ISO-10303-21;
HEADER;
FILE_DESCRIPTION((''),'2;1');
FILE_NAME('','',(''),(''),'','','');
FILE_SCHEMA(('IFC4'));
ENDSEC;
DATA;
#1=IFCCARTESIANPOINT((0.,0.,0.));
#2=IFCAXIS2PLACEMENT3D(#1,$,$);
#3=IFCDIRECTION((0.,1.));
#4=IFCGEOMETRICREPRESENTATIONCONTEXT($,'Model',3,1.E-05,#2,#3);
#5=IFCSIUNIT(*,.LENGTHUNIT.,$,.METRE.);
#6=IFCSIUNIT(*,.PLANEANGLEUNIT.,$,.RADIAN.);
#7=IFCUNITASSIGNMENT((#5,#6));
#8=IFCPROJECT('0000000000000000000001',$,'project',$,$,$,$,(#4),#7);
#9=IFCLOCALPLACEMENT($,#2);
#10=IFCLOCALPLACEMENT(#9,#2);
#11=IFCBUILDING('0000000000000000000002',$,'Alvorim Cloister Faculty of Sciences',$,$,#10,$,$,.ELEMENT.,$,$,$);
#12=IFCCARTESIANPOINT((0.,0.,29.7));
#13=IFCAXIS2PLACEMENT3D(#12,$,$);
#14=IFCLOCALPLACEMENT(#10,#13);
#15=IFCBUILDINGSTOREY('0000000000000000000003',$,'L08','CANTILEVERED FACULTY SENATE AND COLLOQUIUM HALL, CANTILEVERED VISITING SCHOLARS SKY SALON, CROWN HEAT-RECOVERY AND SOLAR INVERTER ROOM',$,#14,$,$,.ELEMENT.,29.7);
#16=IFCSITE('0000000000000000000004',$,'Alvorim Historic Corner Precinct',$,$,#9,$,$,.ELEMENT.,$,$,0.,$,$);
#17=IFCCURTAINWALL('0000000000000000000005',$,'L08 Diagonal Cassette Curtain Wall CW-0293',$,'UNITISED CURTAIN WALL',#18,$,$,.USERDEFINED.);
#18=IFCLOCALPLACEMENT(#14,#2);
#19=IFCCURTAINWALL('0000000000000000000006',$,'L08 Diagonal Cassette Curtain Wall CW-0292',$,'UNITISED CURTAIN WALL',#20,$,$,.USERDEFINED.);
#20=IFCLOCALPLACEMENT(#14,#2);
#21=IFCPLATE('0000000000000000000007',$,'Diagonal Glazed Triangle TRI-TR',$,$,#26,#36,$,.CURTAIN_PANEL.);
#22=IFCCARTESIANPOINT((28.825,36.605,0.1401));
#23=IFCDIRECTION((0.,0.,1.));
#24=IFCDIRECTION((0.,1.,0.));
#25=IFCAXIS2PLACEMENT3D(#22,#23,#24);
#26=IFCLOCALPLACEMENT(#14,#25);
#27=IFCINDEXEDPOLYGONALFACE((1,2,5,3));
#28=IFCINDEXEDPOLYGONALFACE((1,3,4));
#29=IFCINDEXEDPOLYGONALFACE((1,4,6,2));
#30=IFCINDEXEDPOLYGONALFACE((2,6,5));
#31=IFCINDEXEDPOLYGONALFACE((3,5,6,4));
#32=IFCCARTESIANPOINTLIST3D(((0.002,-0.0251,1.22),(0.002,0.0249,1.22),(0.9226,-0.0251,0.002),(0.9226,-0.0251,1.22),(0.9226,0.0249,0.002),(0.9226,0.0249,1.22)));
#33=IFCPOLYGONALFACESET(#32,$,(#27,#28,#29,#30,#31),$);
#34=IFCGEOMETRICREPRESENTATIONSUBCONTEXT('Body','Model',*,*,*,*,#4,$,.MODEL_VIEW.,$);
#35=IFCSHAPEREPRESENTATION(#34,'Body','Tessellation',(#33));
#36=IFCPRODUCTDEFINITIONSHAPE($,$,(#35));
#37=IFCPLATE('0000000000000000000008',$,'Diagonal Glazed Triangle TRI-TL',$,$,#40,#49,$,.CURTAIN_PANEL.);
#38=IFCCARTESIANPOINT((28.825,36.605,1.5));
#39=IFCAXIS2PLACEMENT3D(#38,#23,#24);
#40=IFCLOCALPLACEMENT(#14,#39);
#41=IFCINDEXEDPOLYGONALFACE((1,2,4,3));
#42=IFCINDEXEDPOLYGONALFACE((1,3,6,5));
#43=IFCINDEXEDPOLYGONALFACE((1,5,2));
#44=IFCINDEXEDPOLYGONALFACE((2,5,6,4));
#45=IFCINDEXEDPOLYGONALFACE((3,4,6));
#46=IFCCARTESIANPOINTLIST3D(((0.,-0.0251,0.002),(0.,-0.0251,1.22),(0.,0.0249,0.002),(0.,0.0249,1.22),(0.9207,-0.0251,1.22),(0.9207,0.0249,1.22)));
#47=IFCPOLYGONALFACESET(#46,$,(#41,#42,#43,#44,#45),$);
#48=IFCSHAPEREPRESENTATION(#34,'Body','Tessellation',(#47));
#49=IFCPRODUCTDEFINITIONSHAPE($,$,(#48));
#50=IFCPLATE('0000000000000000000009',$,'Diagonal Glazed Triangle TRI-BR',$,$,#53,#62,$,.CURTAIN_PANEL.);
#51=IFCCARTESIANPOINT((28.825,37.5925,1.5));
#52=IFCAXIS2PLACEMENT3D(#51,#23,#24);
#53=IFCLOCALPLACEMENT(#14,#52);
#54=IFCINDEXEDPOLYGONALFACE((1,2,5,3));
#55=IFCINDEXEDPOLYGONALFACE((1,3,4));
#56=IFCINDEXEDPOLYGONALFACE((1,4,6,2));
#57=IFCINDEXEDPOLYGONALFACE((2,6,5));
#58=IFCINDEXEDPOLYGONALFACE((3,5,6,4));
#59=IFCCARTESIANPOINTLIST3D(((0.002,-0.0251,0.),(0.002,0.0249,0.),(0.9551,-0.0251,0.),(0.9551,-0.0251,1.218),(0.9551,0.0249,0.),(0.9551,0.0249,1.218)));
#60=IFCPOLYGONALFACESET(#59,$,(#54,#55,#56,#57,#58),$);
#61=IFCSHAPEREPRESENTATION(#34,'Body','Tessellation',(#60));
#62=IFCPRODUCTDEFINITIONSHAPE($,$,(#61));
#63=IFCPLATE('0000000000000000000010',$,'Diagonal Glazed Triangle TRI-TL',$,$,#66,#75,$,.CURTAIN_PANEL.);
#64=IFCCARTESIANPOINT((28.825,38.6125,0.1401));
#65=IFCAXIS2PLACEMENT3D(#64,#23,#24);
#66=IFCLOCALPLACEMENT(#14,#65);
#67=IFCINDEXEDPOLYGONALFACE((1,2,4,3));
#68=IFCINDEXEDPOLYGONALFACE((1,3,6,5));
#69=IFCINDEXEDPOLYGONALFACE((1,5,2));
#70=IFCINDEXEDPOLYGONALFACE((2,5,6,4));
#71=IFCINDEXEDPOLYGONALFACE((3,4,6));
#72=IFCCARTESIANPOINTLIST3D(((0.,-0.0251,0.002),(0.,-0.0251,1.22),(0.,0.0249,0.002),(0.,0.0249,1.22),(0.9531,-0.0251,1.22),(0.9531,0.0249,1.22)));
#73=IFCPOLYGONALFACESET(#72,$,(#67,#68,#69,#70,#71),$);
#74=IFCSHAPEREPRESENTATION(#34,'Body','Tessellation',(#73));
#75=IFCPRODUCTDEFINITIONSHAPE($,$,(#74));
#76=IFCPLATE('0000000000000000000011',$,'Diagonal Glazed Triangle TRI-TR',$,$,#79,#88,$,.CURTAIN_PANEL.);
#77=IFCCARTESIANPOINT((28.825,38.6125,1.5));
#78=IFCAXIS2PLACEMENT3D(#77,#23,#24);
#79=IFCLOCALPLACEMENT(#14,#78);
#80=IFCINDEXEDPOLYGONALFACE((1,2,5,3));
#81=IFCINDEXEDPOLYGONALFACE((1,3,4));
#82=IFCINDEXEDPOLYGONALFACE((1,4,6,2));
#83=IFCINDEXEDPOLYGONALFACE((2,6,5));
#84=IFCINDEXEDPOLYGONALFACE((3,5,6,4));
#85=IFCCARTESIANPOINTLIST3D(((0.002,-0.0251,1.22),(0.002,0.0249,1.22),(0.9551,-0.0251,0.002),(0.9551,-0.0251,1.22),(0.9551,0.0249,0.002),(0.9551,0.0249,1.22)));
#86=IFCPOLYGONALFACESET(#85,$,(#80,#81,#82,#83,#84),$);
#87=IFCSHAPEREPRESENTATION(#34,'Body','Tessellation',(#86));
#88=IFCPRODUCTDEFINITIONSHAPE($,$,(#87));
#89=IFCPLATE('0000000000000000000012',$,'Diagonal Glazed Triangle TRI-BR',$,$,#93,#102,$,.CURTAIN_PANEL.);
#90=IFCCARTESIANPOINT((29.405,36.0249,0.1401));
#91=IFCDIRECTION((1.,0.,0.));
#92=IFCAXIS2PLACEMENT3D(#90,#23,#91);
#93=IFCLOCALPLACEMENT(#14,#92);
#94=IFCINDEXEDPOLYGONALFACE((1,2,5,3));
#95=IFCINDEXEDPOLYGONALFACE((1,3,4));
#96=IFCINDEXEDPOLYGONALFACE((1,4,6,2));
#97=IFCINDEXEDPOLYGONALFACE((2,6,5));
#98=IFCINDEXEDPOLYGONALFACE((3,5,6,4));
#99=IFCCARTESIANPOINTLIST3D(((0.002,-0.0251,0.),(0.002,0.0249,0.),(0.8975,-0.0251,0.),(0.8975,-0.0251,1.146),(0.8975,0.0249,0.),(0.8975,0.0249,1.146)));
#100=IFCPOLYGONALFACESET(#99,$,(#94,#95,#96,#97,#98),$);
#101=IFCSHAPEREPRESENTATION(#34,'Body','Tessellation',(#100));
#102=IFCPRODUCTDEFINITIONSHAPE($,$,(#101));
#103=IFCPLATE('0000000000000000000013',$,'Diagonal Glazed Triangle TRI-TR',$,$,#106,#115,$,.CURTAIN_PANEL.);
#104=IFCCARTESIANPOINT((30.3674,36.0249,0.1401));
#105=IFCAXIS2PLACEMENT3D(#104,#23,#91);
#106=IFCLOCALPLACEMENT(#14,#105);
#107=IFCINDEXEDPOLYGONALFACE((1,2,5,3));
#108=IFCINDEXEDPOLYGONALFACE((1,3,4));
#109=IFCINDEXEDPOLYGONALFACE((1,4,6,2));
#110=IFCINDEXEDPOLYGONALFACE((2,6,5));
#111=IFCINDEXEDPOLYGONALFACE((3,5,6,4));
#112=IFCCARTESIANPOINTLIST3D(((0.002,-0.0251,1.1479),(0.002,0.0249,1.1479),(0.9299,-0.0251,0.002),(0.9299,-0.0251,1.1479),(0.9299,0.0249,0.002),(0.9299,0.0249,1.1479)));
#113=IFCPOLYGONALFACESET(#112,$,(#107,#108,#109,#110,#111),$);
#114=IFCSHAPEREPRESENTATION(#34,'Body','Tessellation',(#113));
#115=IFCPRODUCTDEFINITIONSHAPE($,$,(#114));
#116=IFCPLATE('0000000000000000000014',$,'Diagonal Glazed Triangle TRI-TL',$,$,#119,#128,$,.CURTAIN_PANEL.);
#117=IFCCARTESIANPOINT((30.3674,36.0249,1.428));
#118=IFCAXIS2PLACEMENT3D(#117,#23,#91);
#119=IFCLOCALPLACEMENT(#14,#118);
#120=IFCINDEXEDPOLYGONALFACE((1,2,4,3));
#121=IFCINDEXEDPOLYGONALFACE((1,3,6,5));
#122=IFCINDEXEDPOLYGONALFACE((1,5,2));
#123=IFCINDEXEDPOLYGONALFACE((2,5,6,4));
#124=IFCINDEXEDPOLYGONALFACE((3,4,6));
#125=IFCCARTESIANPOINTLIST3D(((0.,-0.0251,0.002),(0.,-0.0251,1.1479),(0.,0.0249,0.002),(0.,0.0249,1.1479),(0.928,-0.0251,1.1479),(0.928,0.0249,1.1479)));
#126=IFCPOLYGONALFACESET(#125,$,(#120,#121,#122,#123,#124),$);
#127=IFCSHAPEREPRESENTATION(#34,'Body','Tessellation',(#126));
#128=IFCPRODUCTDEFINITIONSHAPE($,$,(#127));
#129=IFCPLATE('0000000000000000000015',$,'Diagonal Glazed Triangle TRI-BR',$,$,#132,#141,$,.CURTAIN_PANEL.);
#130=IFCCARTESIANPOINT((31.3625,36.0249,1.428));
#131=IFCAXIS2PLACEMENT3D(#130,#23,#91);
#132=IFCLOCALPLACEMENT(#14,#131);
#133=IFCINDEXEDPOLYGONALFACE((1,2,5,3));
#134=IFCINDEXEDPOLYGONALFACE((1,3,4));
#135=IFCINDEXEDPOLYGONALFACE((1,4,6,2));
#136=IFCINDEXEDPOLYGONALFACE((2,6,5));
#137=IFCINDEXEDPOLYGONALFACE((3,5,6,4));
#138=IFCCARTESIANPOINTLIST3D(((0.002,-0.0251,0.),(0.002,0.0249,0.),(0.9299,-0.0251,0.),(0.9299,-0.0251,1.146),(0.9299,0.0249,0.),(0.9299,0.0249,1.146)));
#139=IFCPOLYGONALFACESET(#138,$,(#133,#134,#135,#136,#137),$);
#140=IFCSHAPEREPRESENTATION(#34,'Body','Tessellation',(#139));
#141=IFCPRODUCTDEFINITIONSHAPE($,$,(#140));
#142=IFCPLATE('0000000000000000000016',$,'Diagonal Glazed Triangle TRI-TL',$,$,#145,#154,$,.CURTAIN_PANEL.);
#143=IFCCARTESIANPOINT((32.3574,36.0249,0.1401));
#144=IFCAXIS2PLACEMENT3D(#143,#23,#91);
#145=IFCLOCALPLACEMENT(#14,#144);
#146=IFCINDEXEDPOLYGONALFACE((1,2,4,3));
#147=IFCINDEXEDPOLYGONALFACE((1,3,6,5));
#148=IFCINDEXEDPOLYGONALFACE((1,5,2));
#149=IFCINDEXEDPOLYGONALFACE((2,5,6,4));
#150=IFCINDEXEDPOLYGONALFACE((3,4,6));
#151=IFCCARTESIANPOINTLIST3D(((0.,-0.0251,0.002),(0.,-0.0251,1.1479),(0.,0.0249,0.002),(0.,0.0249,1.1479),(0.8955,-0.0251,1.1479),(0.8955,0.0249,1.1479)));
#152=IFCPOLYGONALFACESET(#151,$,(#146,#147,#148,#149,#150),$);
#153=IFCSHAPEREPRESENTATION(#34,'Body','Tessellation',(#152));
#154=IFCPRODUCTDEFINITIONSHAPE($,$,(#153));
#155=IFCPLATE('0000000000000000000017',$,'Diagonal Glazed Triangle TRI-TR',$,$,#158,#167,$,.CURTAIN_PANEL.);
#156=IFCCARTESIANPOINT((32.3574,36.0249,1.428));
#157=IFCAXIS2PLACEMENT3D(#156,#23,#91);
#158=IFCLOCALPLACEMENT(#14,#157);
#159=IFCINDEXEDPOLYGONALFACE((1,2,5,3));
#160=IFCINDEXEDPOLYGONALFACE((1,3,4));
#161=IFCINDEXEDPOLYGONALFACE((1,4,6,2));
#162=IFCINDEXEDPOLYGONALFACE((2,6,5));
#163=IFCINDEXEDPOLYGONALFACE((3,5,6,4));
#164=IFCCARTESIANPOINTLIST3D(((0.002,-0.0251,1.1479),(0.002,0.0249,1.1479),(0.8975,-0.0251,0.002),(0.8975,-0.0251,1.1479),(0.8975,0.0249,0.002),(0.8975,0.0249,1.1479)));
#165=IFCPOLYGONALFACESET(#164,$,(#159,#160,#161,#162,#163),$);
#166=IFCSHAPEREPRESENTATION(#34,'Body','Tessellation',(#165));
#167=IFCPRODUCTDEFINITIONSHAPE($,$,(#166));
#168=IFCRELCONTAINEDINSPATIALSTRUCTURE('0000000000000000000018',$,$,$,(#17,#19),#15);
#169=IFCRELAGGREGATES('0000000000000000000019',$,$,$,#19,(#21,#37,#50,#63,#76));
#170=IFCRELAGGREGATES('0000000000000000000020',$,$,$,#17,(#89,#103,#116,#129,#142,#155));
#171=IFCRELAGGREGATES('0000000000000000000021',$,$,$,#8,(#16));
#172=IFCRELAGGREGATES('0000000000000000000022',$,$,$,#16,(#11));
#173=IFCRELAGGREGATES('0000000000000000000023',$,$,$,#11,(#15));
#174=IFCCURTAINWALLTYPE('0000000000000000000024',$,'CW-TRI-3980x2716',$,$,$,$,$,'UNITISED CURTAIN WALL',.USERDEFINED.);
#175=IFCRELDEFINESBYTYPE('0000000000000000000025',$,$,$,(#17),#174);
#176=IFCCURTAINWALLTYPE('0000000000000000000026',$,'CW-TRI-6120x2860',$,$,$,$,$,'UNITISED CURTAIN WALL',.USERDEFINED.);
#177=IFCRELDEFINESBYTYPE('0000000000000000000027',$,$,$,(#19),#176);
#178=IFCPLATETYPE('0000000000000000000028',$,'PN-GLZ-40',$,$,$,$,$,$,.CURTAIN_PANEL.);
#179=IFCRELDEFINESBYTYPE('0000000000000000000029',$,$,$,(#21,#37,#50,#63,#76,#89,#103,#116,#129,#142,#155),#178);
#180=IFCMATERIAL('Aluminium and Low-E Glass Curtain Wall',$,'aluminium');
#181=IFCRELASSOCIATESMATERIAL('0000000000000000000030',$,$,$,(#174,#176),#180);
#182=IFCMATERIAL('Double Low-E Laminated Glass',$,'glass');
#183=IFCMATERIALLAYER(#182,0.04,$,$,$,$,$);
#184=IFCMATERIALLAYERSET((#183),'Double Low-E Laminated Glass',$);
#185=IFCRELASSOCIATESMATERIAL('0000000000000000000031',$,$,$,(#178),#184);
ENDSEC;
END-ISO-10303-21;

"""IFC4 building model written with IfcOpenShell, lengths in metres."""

from ifc_helpers import new_model, si_unit, direction, frame, origin, place, context, subcontext, project, spatial, polyline, outline, extrude, material, layer, layer_set, type_object, element, aggregate, save


model = new_model("IFC4")

# Units and contexts
model_context = context("Model", 3, precision=1e-05, world=origin(), true_north=direction((0.0, 1.0)))
body_context = subcontext(model_context, "Body", "Model", "MODEL_VIEW")
ifc_project = project(units=[si_unit("LENGTHUNIT", "METRE"), si_unit("PLANEANGLEUNIT", "RADIAN")], contexts=[model_context])

# Site, building, storey
site_placement = place(None, origin())
site = spatial("IfcSite", under=ifc_project, at=site_placement, Name="Alvorim Historic Corner Precinct", CompositionType="ELEMENT", RefElevation=0.0)
building_placement = place(site_placement, origin())
building = spatial("IfcBuilding", under=site, at=building_placement, Name="Alvorim Cloister Faculty of Sciences", CompositionType="ELEMENT")
storey_placement = place(building_placement, frame((0.0, 0.0, 29.7)))
storey = spatial("IfcBuildingStorey", under=building, at=storey_placement, Name="L08", Description="CANTILEVERED FACULTY SENATE AND COLLOQUIUM HALL, CANTILEVERED VISITING SCHOLARS SKY SALON, CROWN HEAT-RECOVERY AND SOLAR INVERTER ROOM", CompositionType="ELEMENT", Elevation=29.7)

# Curtain wall
ifc_material_1 = material(Name="Aluminium and Low-E Glass Curtain Wall", Category="aluminium")
curtain_wall_type_1 = type_object("IfcCurtainWallType", Name="CW-TRI-3980x2716", ElementType="UNITISED CURTAIN WALL", PredefinedType="USERDEFINED", material=ifc_material_1)
curtain_wall_1_placement = place(storey_placement, origin())
curtain_wall_1 = element("IfcCurtainWall", 1, at=curtain_wall_1_placement, inside=storey, type_object=curtain_wall_type_1, Name="L08 Diagonal Cassette Curtain Wall CW-0293", ObjectType="UNITISED CURTAIN WALL", PredefinedType="USERDEFINED")

# Curtain wall, plates
curtain_wall_type_2 = type_object("IfcCurtainWallType", Name="CW-TRI-6120x2860", ElementType="UNITISED CURTAIN WALL", PredefinedType="USERDEFINED", material=ifc_material_1)
curtain_wall_2_placement = place(storey_placement, origin())
curtain_wall_2 = element("IfcCurtainWall", 2, at=curtain_wall_2_placement, inside=storey, type_object=curtain_wall_type_2, Name="L08 Diagonal Cassette Curtain Wall CW-0292", ObjectType="UNITISED CURTAIN WALL", PredefinedType="USERDEFINED")
ifc_material_2 = material(Name="Double Low-E Laminated Glass", Category="glass")
ifc_layer_1 = layer(ifc_material_2, 0.04)
ifc_layer_set_1 = layer_set([ifc_layer_1], Name="Double Low-E Laminated Glass")
plate_type = type_object("IfcPlateType", Name="PN-GLZ-40", PredefinedType="CURTAIN_PANEL", material=ifc_layer_set_1)
plate_1_placement = place(storey_placement, frame((28.825, 36.605, 0.1401), z_axis=(0.0, 0.0, 1.0), x_axis=(0.0, 1.0, 0.0)))
plate_1 = element("IfcPlate", 3, at=plate_1_placement, type_object=plate_type, Name="Diagonal Glazed Triangle TRI-TR", PredefinedType="CURTAIN_PANEL", context=body_context, shape_type="SweptSolid", body=[
    extrude(outline(polyline([(0.9226, 0.002), (0.9226, 1.22), (0.002, 1.22), (0.9226, 0.002)])), frame((0.0, 0.0249, 0.0), z_axis=(0.0, -1.0, 0.0), x_axis=(1.0, 0.0, 0.0)), (0.0, 0.0, 1.0), 0.05),
])
plate_2_placement = place(storey_placement, frame((28.825, 36.605, 1.5), z_axis=(0.0, 0.0, 1.0), x_axis=(0.0, 1.0, 0.0)))
plate_2 = element("IfcPlate", 4, at=plate_2_placement, type_object=plate_type, Name="Diagonal Glazed Triangle TRI-TL", PredefinedType="CURTAIN_PANEL", context=body_context, shape_type="SweptSolid", body=[
    extrude(outline(polyline([(0.9207, 1.22), (0.0, 1.22), (0.0, 0.002), (0.9207, 1.22)])), frame((0.0, 0.0249, 0.0), z_axis=(0.0, -1.0, 0.0), x_axis=(1.0, 0.0, 0.0)), (0.0, 0.0, 1.0), 0.05),
])
plate_3_placement = place(storey_placement, frame((28.825, 37.5925, 1.5), z_axis=(0.0, 0.0, 1.0), x_axis=(0.0, 1.0, 0.0)))
plate_3 = element("IfcPlate", 5, at=plate_3_placement, type_object=plate_type, Name="Diagonal Glazed Triangle TRI-BR", PredefinedType="CURTAIN_PANEL", context=body_context, shape_type="SweptSolid", body=[
    extrude(outline(polyline([(0.002, 0.0), (0.9551, 0.0), (0.9551, 1.218), (0.002, 0.0)])), frame((0.0, 0.0249, 0.0), z_axis=(0.0, -1.0, 0.0), x_axis=(1.0, 0.0, 0.0)), (0.0, 0.0, 1.0), 0.05),
])
plate_4_placement = place(storey_placement, frame((28.825, 38.6125, 0.1401), z_axis=(0.0, 0.0, 1.0), x_axis=(0.0, 1.0, 0.0)))
plate_4 = element("IfcPlate", 6, at=plate_4_placement, type_object=plate_type, Name="Diagonal Glazed Triangle TRI-TL", PredefinedType="CURTAIN_PANEL", context=body_context, shape_type="SweptSolid", body=[
    extrude(outline(polyline([(0.9531, 1.22), (0.0, 1.22), (0.0, 0.002), (0.9531, 1.22)])), frame((0.0, 0.0249, 0.0), z_axis=(0.0, -1.0, 0.0), x_axis=(1.0, 0.0, 0.0)), (0.0, 0.0, 1.0), 0.05),
])
plate_5_placement = place(storey_placement, frame((28.825, 38.6125, 1.5), z_axis=(0.0, 0.0, 1.0), x_axis=(0.0, 1.0, 0.0)))
plate_5 = element("IfcPlate", 7, at=plate_5_placement, type_object=plate_type, Name="Diagonal Glazed Triangle TRI-TR", PredefinedType="CURTAIN_PANEL", context=body_context, shape_type="SweptSolid", body=[
    extrude(outline(polyline([(0.9551, 0.002), (0.9551, 1.22), (0.002, 1.22), (0.9551, 0.002)])), frame((0.0, 0.0249, 0.0), z_axis=(0.0, -1.0, 0.0), x_axis=(1.0, 0.0, 0.0)), (0.0, 0.0, 1.0), 0.05),
])
aggregate(curtain_wall_2, [plate_1, plate_2, plate_3, plate_4, plate_5])

# Plates
plate_6_placement = place(storey_placement, frame((29.405, 36.0249, 0.1401), z_axis=(0.0, 0.0, 1.0), x_axis=(1.0, 0.0, 0.0)))
plate_6 = element("IfcPlate", 8, at=plate_6_placement, type_object=plate_type, Name="Diagonal Glazed Triangle TRI-BR", PredefinedType="CURTAIN_PANEL", context=body_context, shape_type="SweptSolid", body=[
    extrude(outline(polyline([(0.002, 0.0), (0.8975, 0.0), (0.8975, 1.146), (0.002, 0.0)])), frame((0.0, 0.0249, 0.0), z_axis=(0.0, -1.0, 0.0), x_axis=(1.0, 0.0, 0.0)), (0.0, 0.0, 1.0), 0.05),
])
plate_7_placement = place(storey_placement, frame((30.3674, 36.0249, 0.1401), z_axis=(0.0, 0.0, 1.0), x_axis=(1.0, 0.0, 0.0)))
plate_7 = element("IfcPlate", 9, at=plate_7_placement, type_object=plate_type, Name="Diagonal Glazed Triangle TRI-TR", PredefinedType="CURTAIN_PANEL", context=body_context, shape_type="SweptSolid", body=[
    extrude(outline(polyline([(0.9299, 0.002), (0.9299, 1.1479), (0.002, 1.1479), (0.9299, 0.002)])), frame((0.0, 0.0249, 0.0), z_axis=(0.0, -1.0, 0.0), x_axis=(1.0, 0.0, 0.0)), (0.0, 0.0, 1.0), 0.05),
])
plate_8_placement = place(storey_placement, frame((30.3674, 36.0249, 1.428), z_axis=(0.0, 0.0, 1.0), x_axis=(1.0, 0.0, 0.0)))
plate_8 = element("IfcPlate", 10, at=plate_8_placement, type_object=plate_type, Name="Diagonal Glazed Triangle TRI-TL", PredefinedType="CURTAIN_PANEL", context=body_context, shape_type="SweptSolid", body=[
    extrude(outline(polyline([(0.928, 1.1479), (0.0, 1.1479), (0.0, 0.002), (0.928, 1.1479)])), frame((0.0, 0.0249, 0.0), z_axis=(0.0, -1.0, 0.0), x_axis=(1.0, 0.0, 0.0)), (0.0, 0.0, 1.0), 0.05),
])
plate_9_placement = place(storey_placement, frame((31.3625, 36.0249, 1.428), z_axis=(0.0, 0.0, 1.0), x_axis=(1.0, 0.0, 0.0)))
plate_9 = element("IfcPlate", 11, at=plate_9_placement, type_object=plate_type, Name="Diagonal Glazed Triangle TRI-BR", PredefinedType="CURTAIN_PANEL", context=body_context, shape_type="SweptSolid", body=[
    extrude(outline(polyline([(0.002, 0.0), (0.9299, 0.0), (0.9299, 1.146), (0.002, 0.0)])), frame((0.0, 0.0249, 0.0), z_axis=(0.0, -1.0, 0.0), x_axis=(1.0, 0.0, 0.0)), (0.0, 0.0, 1.0), 0.05),
])
plate_10_placement = place(storey_placement, frame((32.3574, 36.0249, 0.1401), z_axis=(0.0, 0.0, 1.0), x_axis=(1.0, 0.0, 0.0)))
plate_10 = element("IfcPlate", 12, at=plate_10_placement, type_object=plate_type, Name="Diagonal Glazed Triangle TRI-TL", PredefinedType="CURTAIN_PANEL", context=body_context, shape_type="SweptSolid", body=[
    extrude(outline(polyline([(0.8955, 1.1479), (0.0, 1.1479), (0.0, 0.002), (0.8955, 1.1479)])), frame((0.0, 0.0249, 0.0), z_axis=(0.0, -1.0, 0.0), x_axis=(1.0, 0.0, 0.0)), (0.0, 0.0, 1.0), 0.05),
])
plate_11_placement = place(storey_placement, frame((32.3574, 36.0249, 1.428), z_axis=(0.0, 0.0, 1.0), x_axis=(1.0, 0.0, 0.0)))
plate_11 = element("IfcPlate", 13, at=plate_11_placement, type_object=plate_type, Name="Diagonal Glazed Triangle TRI-TR", PredefinedType="CURTAIN_PANEL", context=body_context, shape_type="SweptSolid", body=[
    extrude(outline(polyline([(0.8975, 0.002), (0.8975, 1.1479), (0.002, 1.1479), (0.8975, 0.002)])), frame((0.0, 0.0249, 0.0), z_axis=(0.0, -1.0, 0.0), x_axis=(1.0, 0.0, 0.0)), (0.0, 0.0, 1.0), 0.05),
])
aggregate(curtain_wall_1, [plate_6, plate_7, plate_8, plate_9, plate_10, plate_11])

save(model, "model.ifc")
